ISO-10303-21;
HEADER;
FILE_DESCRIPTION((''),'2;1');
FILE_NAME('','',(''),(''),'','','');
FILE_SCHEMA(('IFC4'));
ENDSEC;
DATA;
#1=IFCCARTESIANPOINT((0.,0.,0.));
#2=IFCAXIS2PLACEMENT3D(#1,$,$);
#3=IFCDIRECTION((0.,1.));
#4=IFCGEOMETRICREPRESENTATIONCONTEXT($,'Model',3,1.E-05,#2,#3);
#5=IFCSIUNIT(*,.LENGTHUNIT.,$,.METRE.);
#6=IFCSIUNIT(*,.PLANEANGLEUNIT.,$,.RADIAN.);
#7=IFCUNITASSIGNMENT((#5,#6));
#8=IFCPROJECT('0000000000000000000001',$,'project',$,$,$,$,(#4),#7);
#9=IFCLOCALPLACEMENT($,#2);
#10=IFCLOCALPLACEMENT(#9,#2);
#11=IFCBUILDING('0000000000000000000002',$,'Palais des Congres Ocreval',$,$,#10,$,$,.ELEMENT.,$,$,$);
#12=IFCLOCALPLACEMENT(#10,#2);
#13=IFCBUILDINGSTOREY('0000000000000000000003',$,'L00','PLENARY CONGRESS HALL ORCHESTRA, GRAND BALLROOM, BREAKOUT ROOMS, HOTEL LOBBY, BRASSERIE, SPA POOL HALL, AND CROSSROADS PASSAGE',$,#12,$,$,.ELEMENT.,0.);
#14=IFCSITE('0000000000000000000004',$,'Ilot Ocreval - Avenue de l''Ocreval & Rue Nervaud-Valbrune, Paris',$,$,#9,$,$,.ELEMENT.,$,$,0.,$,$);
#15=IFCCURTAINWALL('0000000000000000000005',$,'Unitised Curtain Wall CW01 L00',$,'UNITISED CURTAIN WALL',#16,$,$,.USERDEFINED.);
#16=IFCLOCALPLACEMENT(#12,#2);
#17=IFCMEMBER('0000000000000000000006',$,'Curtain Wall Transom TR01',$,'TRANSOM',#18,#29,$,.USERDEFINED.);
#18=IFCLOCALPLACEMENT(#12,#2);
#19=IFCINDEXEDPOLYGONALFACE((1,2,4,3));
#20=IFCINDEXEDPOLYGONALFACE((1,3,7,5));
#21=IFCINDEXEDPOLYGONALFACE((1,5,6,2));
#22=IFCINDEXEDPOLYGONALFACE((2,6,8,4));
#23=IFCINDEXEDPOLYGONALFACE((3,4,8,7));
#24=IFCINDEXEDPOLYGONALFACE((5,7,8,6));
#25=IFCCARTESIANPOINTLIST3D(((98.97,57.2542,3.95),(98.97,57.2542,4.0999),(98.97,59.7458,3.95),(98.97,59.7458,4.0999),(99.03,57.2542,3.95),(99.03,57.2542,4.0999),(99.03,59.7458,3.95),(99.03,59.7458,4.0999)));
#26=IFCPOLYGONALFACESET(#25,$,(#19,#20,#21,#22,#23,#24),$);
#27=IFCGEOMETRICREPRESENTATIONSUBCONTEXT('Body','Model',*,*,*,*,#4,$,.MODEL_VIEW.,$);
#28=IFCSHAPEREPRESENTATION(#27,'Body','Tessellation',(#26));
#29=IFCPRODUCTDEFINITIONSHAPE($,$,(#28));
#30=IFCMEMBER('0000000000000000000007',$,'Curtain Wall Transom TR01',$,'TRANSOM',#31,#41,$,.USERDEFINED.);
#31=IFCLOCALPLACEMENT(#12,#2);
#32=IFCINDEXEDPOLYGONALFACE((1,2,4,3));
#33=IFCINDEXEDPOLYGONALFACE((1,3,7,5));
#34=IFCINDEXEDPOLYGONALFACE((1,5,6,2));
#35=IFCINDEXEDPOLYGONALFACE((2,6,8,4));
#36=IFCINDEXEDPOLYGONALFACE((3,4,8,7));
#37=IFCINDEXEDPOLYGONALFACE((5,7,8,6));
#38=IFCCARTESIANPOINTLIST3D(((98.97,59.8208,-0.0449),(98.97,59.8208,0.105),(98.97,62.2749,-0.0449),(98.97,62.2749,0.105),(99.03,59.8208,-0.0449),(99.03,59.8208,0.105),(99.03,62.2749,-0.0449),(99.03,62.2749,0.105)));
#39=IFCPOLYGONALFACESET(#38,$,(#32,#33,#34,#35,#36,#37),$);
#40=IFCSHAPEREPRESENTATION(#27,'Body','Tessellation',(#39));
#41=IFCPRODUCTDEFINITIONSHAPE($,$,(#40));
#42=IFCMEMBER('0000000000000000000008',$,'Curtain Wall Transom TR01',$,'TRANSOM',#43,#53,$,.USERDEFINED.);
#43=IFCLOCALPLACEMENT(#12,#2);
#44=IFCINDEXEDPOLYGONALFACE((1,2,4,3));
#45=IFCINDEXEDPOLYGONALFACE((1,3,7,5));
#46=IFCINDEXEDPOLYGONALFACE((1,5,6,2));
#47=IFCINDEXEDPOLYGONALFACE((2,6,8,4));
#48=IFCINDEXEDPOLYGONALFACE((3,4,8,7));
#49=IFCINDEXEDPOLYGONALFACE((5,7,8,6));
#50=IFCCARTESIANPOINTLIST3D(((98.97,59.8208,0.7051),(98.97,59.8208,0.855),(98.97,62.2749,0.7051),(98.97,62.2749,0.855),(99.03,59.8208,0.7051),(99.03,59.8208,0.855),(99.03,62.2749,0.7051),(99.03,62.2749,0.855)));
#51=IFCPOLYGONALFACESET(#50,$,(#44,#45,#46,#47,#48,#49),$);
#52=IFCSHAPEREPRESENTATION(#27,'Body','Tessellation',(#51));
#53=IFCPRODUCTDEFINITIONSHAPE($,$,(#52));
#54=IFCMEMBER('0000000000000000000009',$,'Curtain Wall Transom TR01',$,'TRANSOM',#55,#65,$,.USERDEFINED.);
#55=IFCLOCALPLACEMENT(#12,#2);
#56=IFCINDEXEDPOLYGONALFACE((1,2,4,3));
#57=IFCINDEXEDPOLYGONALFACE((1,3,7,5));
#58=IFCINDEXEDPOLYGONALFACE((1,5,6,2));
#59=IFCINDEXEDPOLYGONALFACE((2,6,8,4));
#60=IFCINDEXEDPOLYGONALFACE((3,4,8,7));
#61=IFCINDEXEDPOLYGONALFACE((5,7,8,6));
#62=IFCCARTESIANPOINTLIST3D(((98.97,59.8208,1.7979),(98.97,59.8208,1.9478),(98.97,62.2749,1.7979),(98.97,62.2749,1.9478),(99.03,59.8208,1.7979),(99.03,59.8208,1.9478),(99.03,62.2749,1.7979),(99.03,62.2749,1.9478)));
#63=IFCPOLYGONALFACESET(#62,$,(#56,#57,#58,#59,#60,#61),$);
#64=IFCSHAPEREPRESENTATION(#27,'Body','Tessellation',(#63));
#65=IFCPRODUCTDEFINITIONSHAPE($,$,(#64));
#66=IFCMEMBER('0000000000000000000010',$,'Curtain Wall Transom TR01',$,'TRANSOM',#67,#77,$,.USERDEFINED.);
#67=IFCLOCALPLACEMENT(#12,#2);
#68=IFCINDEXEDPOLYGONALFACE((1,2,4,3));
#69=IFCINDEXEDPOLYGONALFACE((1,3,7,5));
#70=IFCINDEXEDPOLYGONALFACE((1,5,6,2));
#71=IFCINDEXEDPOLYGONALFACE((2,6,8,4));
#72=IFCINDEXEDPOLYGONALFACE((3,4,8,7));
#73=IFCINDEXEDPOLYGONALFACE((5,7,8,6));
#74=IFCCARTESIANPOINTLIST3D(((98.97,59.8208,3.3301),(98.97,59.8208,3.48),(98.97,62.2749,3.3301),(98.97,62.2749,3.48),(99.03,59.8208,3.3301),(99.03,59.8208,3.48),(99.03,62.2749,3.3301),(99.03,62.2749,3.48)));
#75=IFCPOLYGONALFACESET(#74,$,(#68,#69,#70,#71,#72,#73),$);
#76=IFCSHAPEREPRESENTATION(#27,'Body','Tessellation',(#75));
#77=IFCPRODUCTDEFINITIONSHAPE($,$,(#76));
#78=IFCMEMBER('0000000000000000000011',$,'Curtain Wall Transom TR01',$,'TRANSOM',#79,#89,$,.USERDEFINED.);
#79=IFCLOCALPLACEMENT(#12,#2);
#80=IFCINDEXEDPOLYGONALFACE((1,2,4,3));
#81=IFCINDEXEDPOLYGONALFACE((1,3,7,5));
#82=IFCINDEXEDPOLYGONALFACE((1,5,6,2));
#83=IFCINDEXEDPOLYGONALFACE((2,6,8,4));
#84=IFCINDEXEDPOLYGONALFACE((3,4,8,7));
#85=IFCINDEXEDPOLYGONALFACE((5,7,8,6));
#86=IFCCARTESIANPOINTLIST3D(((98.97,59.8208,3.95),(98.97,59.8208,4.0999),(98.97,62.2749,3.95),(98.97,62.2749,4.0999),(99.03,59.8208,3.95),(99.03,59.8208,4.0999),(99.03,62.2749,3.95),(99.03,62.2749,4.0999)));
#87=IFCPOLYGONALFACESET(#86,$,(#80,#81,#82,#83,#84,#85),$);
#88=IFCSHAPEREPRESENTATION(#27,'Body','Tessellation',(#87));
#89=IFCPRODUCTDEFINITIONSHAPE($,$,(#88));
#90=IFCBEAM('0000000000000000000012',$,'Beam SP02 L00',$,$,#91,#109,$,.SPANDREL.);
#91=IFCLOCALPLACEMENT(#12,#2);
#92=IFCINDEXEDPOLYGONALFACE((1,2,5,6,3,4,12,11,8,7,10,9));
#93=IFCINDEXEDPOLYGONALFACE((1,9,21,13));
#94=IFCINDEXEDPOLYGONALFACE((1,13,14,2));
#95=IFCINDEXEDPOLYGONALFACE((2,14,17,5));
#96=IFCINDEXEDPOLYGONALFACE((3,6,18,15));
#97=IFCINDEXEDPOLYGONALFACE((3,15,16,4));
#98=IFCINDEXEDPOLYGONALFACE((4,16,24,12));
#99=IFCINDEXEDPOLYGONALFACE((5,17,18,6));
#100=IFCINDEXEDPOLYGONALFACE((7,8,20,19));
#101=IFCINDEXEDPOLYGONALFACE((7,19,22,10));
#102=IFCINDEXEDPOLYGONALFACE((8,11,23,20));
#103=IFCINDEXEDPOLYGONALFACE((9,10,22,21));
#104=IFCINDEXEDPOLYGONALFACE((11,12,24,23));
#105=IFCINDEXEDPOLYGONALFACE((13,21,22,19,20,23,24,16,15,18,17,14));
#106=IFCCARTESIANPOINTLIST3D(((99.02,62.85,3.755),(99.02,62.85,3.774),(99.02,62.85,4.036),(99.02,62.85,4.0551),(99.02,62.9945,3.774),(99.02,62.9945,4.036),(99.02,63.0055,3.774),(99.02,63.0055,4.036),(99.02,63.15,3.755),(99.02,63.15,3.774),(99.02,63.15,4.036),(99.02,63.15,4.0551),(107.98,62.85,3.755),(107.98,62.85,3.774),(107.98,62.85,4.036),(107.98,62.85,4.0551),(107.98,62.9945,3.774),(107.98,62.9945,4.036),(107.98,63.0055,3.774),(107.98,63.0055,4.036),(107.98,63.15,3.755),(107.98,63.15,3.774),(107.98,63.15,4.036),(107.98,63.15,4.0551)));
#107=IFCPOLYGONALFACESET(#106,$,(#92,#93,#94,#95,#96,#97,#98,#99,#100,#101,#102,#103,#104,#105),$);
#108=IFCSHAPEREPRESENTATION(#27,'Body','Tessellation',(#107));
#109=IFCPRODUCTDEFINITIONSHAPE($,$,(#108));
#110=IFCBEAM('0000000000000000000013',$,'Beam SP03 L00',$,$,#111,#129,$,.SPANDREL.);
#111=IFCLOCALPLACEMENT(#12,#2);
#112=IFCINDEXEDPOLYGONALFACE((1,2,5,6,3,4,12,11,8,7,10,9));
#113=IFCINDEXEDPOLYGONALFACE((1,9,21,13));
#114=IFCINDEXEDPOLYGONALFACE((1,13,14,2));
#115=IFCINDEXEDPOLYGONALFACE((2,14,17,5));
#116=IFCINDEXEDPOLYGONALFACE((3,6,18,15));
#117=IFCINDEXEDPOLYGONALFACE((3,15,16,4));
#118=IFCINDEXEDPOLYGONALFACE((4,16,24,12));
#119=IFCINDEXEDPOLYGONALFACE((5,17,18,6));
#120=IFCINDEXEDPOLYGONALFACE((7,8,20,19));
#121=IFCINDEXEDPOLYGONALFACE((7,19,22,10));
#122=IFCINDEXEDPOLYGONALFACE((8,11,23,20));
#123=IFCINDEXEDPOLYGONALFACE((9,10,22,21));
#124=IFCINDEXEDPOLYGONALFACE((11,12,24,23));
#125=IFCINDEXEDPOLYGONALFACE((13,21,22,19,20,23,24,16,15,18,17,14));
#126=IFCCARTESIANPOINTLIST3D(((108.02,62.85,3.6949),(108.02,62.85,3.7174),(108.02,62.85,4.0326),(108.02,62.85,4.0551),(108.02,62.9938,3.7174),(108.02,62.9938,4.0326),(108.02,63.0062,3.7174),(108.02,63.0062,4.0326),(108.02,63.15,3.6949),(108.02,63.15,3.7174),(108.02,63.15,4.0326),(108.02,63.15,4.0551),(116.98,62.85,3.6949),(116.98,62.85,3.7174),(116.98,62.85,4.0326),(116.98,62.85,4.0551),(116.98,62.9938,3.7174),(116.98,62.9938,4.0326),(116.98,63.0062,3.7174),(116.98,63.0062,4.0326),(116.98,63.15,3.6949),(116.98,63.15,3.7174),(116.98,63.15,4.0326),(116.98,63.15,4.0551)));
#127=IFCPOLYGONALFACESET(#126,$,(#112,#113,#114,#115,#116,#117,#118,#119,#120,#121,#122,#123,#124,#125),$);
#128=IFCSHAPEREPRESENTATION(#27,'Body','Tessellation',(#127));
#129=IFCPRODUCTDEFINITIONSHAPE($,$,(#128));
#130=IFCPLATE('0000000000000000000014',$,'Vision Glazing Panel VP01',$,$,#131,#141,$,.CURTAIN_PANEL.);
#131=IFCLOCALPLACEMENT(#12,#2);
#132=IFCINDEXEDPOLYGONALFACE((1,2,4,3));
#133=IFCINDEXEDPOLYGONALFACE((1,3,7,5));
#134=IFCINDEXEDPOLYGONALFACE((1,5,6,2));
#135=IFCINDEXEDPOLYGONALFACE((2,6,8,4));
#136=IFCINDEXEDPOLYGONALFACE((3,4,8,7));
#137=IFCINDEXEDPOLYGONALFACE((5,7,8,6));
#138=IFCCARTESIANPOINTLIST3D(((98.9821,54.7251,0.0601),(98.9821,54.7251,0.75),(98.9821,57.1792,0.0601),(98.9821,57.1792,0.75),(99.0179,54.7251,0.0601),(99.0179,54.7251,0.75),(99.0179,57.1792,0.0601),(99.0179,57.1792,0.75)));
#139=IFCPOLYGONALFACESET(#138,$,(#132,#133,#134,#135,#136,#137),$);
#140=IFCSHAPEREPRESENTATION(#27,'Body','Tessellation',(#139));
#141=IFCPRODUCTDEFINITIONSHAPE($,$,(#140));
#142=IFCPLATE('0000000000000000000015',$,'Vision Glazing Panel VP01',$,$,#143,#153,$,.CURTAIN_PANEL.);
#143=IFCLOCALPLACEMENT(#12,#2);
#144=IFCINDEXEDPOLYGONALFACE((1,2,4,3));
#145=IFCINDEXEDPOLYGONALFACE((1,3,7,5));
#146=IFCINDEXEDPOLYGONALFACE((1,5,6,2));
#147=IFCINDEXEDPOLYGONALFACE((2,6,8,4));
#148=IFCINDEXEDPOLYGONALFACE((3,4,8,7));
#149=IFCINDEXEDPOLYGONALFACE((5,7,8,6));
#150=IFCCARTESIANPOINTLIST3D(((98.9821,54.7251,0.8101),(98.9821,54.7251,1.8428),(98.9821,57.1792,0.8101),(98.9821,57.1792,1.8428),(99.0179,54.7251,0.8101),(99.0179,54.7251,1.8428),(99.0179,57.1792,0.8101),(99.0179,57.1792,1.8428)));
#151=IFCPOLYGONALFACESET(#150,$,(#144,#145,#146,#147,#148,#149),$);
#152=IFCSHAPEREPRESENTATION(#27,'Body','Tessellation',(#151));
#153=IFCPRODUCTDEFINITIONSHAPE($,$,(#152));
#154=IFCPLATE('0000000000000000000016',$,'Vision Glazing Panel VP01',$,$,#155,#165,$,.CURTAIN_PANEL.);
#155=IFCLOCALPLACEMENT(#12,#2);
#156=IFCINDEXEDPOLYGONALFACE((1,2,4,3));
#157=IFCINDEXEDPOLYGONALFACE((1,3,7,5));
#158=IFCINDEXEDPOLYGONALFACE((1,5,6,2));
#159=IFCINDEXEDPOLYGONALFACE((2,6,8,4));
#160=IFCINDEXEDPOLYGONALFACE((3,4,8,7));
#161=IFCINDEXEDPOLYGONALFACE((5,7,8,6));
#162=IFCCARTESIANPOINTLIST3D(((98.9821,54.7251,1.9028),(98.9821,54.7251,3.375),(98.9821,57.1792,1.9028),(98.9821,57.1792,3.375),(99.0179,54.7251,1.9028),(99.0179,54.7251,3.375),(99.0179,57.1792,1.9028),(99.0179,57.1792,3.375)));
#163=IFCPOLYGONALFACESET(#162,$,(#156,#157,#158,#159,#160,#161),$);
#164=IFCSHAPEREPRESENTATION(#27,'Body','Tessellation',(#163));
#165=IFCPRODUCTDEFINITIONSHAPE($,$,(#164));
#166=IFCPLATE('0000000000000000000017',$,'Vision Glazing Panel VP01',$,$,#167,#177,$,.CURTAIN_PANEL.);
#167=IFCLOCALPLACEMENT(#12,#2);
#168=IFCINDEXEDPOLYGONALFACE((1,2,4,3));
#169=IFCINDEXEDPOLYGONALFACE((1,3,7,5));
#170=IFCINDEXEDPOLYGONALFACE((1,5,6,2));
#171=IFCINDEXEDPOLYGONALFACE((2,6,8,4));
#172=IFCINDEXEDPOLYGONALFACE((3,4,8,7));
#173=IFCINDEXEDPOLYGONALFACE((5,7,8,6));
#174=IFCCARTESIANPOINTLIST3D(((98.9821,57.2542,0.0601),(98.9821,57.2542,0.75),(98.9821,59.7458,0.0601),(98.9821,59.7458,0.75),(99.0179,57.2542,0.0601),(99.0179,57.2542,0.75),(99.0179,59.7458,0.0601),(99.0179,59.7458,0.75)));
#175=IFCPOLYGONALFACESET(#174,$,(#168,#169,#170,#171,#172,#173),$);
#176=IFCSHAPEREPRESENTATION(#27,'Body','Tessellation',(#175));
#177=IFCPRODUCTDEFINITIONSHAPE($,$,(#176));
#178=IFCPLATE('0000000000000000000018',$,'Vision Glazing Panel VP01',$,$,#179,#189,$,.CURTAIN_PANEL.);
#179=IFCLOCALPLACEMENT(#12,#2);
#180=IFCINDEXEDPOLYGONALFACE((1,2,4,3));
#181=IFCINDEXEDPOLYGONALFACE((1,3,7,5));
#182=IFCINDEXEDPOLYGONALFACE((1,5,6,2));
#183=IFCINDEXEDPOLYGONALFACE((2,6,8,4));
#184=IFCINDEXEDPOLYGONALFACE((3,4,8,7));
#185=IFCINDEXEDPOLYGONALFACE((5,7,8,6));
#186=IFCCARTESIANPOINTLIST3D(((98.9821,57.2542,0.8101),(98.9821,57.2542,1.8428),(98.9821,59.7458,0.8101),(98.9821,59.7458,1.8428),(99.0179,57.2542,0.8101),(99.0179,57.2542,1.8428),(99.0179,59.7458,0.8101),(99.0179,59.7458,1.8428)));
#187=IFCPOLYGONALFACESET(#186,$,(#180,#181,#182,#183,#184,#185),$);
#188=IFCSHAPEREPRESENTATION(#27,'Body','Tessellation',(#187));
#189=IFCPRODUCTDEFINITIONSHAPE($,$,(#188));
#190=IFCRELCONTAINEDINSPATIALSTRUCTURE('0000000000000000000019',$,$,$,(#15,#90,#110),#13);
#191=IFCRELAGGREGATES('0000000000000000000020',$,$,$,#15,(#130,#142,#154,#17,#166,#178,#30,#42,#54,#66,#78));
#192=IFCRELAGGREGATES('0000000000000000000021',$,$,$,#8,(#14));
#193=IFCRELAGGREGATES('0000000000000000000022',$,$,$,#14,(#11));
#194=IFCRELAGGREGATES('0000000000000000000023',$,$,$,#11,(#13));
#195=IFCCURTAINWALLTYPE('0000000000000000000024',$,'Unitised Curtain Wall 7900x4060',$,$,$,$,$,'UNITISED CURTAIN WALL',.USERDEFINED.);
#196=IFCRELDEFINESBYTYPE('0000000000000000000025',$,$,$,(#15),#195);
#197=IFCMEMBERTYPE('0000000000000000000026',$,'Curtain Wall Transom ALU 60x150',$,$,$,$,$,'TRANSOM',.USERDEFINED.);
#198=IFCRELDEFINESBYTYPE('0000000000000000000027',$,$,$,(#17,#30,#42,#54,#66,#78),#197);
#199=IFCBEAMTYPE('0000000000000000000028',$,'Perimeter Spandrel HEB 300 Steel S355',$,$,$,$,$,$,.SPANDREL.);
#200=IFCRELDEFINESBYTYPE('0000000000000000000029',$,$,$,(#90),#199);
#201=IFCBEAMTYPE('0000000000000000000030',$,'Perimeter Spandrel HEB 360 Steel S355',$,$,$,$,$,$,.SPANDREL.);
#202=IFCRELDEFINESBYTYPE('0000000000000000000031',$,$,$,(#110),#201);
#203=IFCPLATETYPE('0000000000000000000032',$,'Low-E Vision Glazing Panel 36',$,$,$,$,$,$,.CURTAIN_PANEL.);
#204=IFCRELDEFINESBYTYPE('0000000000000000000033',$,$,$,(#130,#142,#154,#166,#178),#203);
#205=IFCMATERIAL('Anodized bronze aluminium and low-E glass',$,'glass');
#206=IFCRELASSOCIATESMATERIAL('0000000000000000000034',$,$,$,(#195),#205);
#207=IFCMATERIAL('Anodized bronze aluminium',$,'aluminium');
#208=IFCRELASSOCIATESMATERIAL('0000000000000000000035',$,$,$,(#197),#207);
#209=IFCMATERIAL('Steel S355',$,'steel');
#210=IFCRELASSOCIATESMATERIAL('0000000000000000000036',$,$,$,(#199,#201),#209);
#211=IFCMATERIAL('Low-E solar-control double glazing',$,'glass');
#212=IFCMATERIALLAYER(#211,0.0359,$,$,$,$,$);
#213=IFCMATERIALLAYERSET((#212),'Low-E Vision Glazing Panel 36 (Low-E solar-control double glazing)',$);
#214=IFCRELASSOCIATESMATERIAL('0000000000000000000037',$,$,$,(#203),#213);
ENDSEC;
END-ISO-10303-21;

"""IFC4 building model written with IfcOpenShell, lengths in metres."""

from ifc_helpers import new_model, si_unit, direction, frame, origin, origin_2d, place, context, subcontext, project, spatial, rectangle, i_section, extrude, material, layer, layer_set, material_profile, profile_set, type_object, element, aggregate, save


model = new_model("IFC4")

# Units and contexts
model_context = context("Model", 3, precision=1e-05, world=origin(), true_north=direction((0.0, 1.0)))
body_context = subcontext(model_context, "Body", "Model", "MODEL_VIEW")
ifc_project = project(units=[si_unit("LENGTHUNIT", "METRE"), si_unit("PLANEANGLEUNIT", "RADIAN")], contexts=[model_context])

# Site, building, storey
site_placement = place(None, origin())
site = spatial("IfcSite", under=ifc_project, at=site_placement, Name="Ilot Ocreval - Avenue de l'Ocreval & Rue Nervaud-Valbrune, Paris", CompositionType="ELEMENT", RefElevation=0.0)
building_placement = place(site_placement, origin())
building = spatial("IfcBuilding", under=site, at=building_placement, Name="Palais des Congres Ocreval", CompositionType="ELEMENT")
storey_placement = place(building_placement, origin())
storey = spatial("IfcBuildingStorey", under=building, at=storey_placement, Name="L00", Description="PLENARY CONGRESS HALL ORCHESTRA, GRAND BALLROOM, BREAKOUT ROOMS, HOTEL LOBBY, BRASSERIE, SPA POOL HALL, AND CROSSROADS PASSAGE", CompositionType="ELEMENT", Elevation=0.0)

# Shared definitions
ifc_material_1 = material(Name="Steel S355", Category="steel")

# Curtain wall, members
ifc_material_2 = material(Name="Anodized bronze aluminium and low-E glass", Category="glass")
curtain_wall_type = type_object("IfcCurtainWallType", Name="Unitised Curtain Wall 7900x4060", ElementType="UNITISED CURTAIN WALL", PredefinedType="USERDEFINED", material=ifc_material_2)
curtain_wall_placement = place(storey_placement, origin())
curtain_wall = element("IfcCurtainWall", 1, at=curtain_wall_placement, inside=storey, type_object=curtain_wall_type, Name="Unitised Curtain Wall CW01 L00", ObjectType="UNITISED CURTAIN WALL", PredefinedType="USERDEFINED")
ifc_material_3 = material(Name="Anodized bronze aluminium", Category="aluminium")
ifc_material_profile_1 = material_profile(ifc_material_3, rectangle(XDim=0.0601, YDim=0.1499, at=origin_2d()), Name="ALU 60x150")
ifc_profile_set_1 = profile_set([ifc_material_profile_1], Name="Anodized bronze aluminium")
member_type_1 = type_object("IfcMemberType", Name="Curtain Wall Transom ALU 60x150", ElementType="TRANSOM", PredefinedType="USERDEFINED", material=ifc_profile_set_1)
member_1_placement = place(storey_placement, frame((99.0, 57.2542, 4.0249), z_axis=(0.0, 1.0, 0.0), x_axis=(-1.0, 0.0, 0.0)))
member_1 = element("IfcMember", 2, at=member_1_placement, type_object=member_type_1, Name="Curtain Wall Transom TR01", ObjectType="TRANSOM", PredefinedType="USERDEFINED", context=body_context, shape_type="SweptSolid", body=[
    extrude(rectangle(XDim=0.0601, YDim=0.1499, at=origin_2d()), origin(), (0.0, 0.0, 1.0), 2.4917),
])
member_2_placement = place(storey_placement, frame((99.0, 59.8208, 0.03), z_axis=(0.0, 1.0, 0.0), x_axis=(-1.0, 0.0, 0.0)))
member_2 = element("IfcMember", 3, at=member_2_placement, type_object=member_type_1, Name="Curtain Wall Transom TR01", ObjectType="TRANSOM", PredefinedType="USERDEFINED", context=body_context, shape_type="SweptSolid", body=[
    extrude(rectangle(XDim=0.0601, YDim=0.1499, at=origin_2d()), origin(), (0.0, 0.0, 1.0), 2.4541),
])
member_3_placement = place(storey_placement, frame((99.0, 59.8208, 0.78), z_axis=(0.0, 1.0, 0.0), x_axis=(-1.0, 0.0, 0.0)))
member_3 = element("IfcMember", 4, at=member_3_placement, type_object=member_type_1, Name="Curtain Wall Transom TR01", ObjectType="TRANSOM", PredefinedType="USERDEFINED", context=body_context, shape_type="SweptSolid", body=[
    extrude(rectangle(XDim=0.0601, YDim=0.1499, at=origin_2d()), origin(), (0.0, 0.0, 1.0), 2.4541),
])
member_4_placement = place(storey_placement, frame((99.0, 59.8208, 1.8728), z_axis=(0.0, 1.0, 0.0), x_axis=(-1.0, 0.0, 0.0)))
member_4 = element("IfcMember", 5, at=member_4_placement, type_object=member_type_1, Name="Curtain Wall Transom TR01", ObjectType="TRANSOM", PredefinedType="USERDEFINED", context=body_context, shape_type="SweptSolid", body=[
    extrude(rectangle(XDim=0.0601, YDim=0.1499, at=origin_2d()), origin(), (0.0, 0.0, 1.0), 2.4541),
])
member_5_placement = place(storey_placement, frame((99.0, 59.8208, 3.405), z_axis=(0.0, 1.0, 0.0), x_axis=(-1.0, 0.0, 0.0)))
member_5 = element("IfcMember", 6, at=member_5_placement, type_object=member_type_1, Name="Curtain Wall Transom TR01", ObjectType="TRANSOM", PredefinedType="USERDEFINED", context=body_context, shape_type="SweptSolid", body=[
    extrude(rectangle(XDim=0.0601, YDim=0.1499, at=origin_2d()), origin(), (0.0, 0.0, 1.0), 2.4541),
])
member_6_placement = place(storey_placement, frame((99.0, 59.8208, 4.0249), z_axis=(0.0, 1.0, 0.0), x_axis=(-1.0, 0.0, 0.0)))
member_6 = element("IfcMember", 7, at=member_6_placement, type_object=member_type_1, Name="Curtain Wall Transom TR01", ObjectType="TRANSOM", PredefinedType="USERDEFINED", context=body_context, shape_type="SweptSolid", body=[
    extrude(rectangle(XDim=0.0601, YDim=0.1499, at=origin_2d()), origin(), (0.0, 0.0, 1.0), 2.4541),
])

# Beams
ifc_material_profile_2 = material_profile(ifc_material_1, i_section(OverallWidth=0.3, OverallDepth=0.3, WebThickness=0.011, FlangeThickness=0.019, at=origin_2d()), Name="HEB 300")
ifc_profile_set_2 = profile_set([ifc_material_profile_2], Name="Steel S355")
beam_type_1 = type_object("IfcBeamType", Name="Perimeter Spandrel HEB 300 Steel S355", PredefinedType="SPANDREL", material=ifc_profile_set_2)
beam_1_placement = place(storey_placement, frame((99.02, 63.0, 3.905), z_axis=(1.0, 0.0, 0.0), x_axis=(0.0, 1.0, 0.0)))
element("IfcBeam", 8, at=beam_1_placement, inside=storey, type_object=beam_type_1, Name="Beam SP02 L00", PredefinedType="SPANDREL", context=body_context, shape_type="SweptSolid", body=[
    extrude(i_section(OverallWidth=0.3, OverallDepth=0.3, WebThickness=0.011, FlangeThickness=0.019, at=origin_2d()), origin(), (0.0, 0.0, 1.0), 8.96),
])
ifc_material_profile_3 = material_profile(ifc_material_1, i_section(OverallWidth=0.3, OverallDepth=0.3601, WebThickness=0.0125, FlangeThickness=0.0225, at=origin_2d()), Name="HEB 360")
ifc_profile_set_3 = profile_set([ifc_material_profile_3], Name="Steel S355")
beam_type_2 = type_object("IfcBeamType", Name="Perimeter Spandrel HEB 360 Steel S355", PredefinedType="SPANDREL", material=ifc_profile_set_3)
beam_2_placement = place(storey_placement, frame((108.02, 63.0, 3.875), z_axis=(1.0, 0.0, 0.0), x_axis=(0.0, 1.0, 0.0)))
element("IfcBeam", 9, at=beam_2_placement, inside=storey, type_object=beam_type_2, Name="Beam SP03 L00", PredefinedType="SPANDREL", context=body_context, shape_type="SweptSolid", body=[
    extrude(i_section(OverallWidth=0.3, OverallDepth=0.3601, WebThickness=0.0125, FlangeThickness=0.0225, at=origin_2d()), origin(), (0.0, 0.0, 1.0), 8.96),
])

# Plates
ifc_material_4 = material(Name="Low-E solar-control double glazing", Category="glass")
ifc_layer_1 = layer(ifc_material_4, 0.0359)
ifc_layer_set_1 = layer_set([ifc_layer_1], Name="Low-E Vision Glazing Panel 36 (Low-E solar-control double glazing)")
plate_type_1 = type_object("IfcPlateType", Name="Low-E Vision Glazing Panel 36", PredefinedType="CURTAIN_PANEL", material=ifc_layer_set_1)
plate_1_placement = place(storey_placement, frame((99.0, 55.9521, 0.0601), z_axis=(0.0, 0.0, 1.0), x_axis=(0.0, 1.0, 0.0)))
plate_1 = element("IfcPlate", 10, at=plate_1_placement, type_object=plate_type_1, Name="Vision Glazing Panel VP01", PredefinedType="CURTAIN_PANEL", context=body_context, shape_type="SweptSolid", body=[
    extrude(rectangle(XDim=2.4541, YDim=0.0359, at=origin_2d()), origin(), (0.0, 0.0, 1.0), 0.6899),
])
plate_2_placement = place(storey_placement, frame((99.0, 55.9521, 0.8101), z_axis=(0.0, 0.0, 1.0), x_axis=(0.0, 1.0, 0.0)))
plate_2 = element("IfcPlate", 11, at=plate_2_placement, type_object=plate_type_1, Name="Vision Glazing Panel VP01", PredefinedType="CURTAIN_PANEL", context=body_context, shape_type="SweptSolid", body=[
    extrude(rectangle(XDim=2.4541, YDim=0.0359, at=origin_2d()), origin(), (0.0, 0.0, 1.0), 1.0327),
])
plate_3_placement = place(storey_placement, frame((99.0, 55.9521, 1.9028), z_axis=(0.0, 0.0, 1.0), x_axis=(0.0, 1.0, 0.0)))
plate_3 = element("IfcPlate", 12, at=plate_3_placement, type_object=plate_type_1, Name="Vision Glazing Panel VP01", PredefinedType="CURTAIN_PANEL", context=body_context, shape_type="SweptSolid", body=[
    extrude(rectangle(XDim=2.4541, YDim=0.0359, at=origin_2d()), origin(), (0.0, 0.0, 1.0), 1.4722),
])
plate_4_placement = place(storey_placement, frame((99.0, 58.5, 0.0601), z_axis=(0.0, 0.0, 1.0), x_axis=(0.0, 1.0, 0.0)))
plate_4 = element("IfcPlate", 13, at=plate_4_placement, type_object=plate_type_1, Name="Vision Glazing Panel VP01", PredefinedType="CURTAIN_PANEL", context=body_context, shape_type="SweptSolid", body=[
    extrude(rectangle(XDim=2.4917, YDim=0.0359, at=origin_2d()), origin(), (0.0, 0.0, 1.0), 0.6899),
])
plate_5_placement = place(storey_placement, frame((99.0, 58.5, 0.8101), z_axis=(0.0, 0.0, 1.0), x_axis=(0.0, 1.0, 0.0)))
plate_5 = element("IfcPlate", 14, at=plate_5_placement, type_object=plate_type_1, Name="Vision Glazing Panel VP01", PredefinedType="CURTAIN_PANEL", context=body_context, shape_type="SweptSolid", body=[
    extrude(rectangle(XDim=2.4917, YDim=0.0359, at=origin_2d()), origin(), (0.0, 0.0, 1.0), 1.0327),
])
aggregate(curtain_wall, [plate_1, plate_2, plate_3, member_1, plate_4, plate_5, member_2, member_3, member_4, member_5, member_6])

save(model, "model.ifc")
